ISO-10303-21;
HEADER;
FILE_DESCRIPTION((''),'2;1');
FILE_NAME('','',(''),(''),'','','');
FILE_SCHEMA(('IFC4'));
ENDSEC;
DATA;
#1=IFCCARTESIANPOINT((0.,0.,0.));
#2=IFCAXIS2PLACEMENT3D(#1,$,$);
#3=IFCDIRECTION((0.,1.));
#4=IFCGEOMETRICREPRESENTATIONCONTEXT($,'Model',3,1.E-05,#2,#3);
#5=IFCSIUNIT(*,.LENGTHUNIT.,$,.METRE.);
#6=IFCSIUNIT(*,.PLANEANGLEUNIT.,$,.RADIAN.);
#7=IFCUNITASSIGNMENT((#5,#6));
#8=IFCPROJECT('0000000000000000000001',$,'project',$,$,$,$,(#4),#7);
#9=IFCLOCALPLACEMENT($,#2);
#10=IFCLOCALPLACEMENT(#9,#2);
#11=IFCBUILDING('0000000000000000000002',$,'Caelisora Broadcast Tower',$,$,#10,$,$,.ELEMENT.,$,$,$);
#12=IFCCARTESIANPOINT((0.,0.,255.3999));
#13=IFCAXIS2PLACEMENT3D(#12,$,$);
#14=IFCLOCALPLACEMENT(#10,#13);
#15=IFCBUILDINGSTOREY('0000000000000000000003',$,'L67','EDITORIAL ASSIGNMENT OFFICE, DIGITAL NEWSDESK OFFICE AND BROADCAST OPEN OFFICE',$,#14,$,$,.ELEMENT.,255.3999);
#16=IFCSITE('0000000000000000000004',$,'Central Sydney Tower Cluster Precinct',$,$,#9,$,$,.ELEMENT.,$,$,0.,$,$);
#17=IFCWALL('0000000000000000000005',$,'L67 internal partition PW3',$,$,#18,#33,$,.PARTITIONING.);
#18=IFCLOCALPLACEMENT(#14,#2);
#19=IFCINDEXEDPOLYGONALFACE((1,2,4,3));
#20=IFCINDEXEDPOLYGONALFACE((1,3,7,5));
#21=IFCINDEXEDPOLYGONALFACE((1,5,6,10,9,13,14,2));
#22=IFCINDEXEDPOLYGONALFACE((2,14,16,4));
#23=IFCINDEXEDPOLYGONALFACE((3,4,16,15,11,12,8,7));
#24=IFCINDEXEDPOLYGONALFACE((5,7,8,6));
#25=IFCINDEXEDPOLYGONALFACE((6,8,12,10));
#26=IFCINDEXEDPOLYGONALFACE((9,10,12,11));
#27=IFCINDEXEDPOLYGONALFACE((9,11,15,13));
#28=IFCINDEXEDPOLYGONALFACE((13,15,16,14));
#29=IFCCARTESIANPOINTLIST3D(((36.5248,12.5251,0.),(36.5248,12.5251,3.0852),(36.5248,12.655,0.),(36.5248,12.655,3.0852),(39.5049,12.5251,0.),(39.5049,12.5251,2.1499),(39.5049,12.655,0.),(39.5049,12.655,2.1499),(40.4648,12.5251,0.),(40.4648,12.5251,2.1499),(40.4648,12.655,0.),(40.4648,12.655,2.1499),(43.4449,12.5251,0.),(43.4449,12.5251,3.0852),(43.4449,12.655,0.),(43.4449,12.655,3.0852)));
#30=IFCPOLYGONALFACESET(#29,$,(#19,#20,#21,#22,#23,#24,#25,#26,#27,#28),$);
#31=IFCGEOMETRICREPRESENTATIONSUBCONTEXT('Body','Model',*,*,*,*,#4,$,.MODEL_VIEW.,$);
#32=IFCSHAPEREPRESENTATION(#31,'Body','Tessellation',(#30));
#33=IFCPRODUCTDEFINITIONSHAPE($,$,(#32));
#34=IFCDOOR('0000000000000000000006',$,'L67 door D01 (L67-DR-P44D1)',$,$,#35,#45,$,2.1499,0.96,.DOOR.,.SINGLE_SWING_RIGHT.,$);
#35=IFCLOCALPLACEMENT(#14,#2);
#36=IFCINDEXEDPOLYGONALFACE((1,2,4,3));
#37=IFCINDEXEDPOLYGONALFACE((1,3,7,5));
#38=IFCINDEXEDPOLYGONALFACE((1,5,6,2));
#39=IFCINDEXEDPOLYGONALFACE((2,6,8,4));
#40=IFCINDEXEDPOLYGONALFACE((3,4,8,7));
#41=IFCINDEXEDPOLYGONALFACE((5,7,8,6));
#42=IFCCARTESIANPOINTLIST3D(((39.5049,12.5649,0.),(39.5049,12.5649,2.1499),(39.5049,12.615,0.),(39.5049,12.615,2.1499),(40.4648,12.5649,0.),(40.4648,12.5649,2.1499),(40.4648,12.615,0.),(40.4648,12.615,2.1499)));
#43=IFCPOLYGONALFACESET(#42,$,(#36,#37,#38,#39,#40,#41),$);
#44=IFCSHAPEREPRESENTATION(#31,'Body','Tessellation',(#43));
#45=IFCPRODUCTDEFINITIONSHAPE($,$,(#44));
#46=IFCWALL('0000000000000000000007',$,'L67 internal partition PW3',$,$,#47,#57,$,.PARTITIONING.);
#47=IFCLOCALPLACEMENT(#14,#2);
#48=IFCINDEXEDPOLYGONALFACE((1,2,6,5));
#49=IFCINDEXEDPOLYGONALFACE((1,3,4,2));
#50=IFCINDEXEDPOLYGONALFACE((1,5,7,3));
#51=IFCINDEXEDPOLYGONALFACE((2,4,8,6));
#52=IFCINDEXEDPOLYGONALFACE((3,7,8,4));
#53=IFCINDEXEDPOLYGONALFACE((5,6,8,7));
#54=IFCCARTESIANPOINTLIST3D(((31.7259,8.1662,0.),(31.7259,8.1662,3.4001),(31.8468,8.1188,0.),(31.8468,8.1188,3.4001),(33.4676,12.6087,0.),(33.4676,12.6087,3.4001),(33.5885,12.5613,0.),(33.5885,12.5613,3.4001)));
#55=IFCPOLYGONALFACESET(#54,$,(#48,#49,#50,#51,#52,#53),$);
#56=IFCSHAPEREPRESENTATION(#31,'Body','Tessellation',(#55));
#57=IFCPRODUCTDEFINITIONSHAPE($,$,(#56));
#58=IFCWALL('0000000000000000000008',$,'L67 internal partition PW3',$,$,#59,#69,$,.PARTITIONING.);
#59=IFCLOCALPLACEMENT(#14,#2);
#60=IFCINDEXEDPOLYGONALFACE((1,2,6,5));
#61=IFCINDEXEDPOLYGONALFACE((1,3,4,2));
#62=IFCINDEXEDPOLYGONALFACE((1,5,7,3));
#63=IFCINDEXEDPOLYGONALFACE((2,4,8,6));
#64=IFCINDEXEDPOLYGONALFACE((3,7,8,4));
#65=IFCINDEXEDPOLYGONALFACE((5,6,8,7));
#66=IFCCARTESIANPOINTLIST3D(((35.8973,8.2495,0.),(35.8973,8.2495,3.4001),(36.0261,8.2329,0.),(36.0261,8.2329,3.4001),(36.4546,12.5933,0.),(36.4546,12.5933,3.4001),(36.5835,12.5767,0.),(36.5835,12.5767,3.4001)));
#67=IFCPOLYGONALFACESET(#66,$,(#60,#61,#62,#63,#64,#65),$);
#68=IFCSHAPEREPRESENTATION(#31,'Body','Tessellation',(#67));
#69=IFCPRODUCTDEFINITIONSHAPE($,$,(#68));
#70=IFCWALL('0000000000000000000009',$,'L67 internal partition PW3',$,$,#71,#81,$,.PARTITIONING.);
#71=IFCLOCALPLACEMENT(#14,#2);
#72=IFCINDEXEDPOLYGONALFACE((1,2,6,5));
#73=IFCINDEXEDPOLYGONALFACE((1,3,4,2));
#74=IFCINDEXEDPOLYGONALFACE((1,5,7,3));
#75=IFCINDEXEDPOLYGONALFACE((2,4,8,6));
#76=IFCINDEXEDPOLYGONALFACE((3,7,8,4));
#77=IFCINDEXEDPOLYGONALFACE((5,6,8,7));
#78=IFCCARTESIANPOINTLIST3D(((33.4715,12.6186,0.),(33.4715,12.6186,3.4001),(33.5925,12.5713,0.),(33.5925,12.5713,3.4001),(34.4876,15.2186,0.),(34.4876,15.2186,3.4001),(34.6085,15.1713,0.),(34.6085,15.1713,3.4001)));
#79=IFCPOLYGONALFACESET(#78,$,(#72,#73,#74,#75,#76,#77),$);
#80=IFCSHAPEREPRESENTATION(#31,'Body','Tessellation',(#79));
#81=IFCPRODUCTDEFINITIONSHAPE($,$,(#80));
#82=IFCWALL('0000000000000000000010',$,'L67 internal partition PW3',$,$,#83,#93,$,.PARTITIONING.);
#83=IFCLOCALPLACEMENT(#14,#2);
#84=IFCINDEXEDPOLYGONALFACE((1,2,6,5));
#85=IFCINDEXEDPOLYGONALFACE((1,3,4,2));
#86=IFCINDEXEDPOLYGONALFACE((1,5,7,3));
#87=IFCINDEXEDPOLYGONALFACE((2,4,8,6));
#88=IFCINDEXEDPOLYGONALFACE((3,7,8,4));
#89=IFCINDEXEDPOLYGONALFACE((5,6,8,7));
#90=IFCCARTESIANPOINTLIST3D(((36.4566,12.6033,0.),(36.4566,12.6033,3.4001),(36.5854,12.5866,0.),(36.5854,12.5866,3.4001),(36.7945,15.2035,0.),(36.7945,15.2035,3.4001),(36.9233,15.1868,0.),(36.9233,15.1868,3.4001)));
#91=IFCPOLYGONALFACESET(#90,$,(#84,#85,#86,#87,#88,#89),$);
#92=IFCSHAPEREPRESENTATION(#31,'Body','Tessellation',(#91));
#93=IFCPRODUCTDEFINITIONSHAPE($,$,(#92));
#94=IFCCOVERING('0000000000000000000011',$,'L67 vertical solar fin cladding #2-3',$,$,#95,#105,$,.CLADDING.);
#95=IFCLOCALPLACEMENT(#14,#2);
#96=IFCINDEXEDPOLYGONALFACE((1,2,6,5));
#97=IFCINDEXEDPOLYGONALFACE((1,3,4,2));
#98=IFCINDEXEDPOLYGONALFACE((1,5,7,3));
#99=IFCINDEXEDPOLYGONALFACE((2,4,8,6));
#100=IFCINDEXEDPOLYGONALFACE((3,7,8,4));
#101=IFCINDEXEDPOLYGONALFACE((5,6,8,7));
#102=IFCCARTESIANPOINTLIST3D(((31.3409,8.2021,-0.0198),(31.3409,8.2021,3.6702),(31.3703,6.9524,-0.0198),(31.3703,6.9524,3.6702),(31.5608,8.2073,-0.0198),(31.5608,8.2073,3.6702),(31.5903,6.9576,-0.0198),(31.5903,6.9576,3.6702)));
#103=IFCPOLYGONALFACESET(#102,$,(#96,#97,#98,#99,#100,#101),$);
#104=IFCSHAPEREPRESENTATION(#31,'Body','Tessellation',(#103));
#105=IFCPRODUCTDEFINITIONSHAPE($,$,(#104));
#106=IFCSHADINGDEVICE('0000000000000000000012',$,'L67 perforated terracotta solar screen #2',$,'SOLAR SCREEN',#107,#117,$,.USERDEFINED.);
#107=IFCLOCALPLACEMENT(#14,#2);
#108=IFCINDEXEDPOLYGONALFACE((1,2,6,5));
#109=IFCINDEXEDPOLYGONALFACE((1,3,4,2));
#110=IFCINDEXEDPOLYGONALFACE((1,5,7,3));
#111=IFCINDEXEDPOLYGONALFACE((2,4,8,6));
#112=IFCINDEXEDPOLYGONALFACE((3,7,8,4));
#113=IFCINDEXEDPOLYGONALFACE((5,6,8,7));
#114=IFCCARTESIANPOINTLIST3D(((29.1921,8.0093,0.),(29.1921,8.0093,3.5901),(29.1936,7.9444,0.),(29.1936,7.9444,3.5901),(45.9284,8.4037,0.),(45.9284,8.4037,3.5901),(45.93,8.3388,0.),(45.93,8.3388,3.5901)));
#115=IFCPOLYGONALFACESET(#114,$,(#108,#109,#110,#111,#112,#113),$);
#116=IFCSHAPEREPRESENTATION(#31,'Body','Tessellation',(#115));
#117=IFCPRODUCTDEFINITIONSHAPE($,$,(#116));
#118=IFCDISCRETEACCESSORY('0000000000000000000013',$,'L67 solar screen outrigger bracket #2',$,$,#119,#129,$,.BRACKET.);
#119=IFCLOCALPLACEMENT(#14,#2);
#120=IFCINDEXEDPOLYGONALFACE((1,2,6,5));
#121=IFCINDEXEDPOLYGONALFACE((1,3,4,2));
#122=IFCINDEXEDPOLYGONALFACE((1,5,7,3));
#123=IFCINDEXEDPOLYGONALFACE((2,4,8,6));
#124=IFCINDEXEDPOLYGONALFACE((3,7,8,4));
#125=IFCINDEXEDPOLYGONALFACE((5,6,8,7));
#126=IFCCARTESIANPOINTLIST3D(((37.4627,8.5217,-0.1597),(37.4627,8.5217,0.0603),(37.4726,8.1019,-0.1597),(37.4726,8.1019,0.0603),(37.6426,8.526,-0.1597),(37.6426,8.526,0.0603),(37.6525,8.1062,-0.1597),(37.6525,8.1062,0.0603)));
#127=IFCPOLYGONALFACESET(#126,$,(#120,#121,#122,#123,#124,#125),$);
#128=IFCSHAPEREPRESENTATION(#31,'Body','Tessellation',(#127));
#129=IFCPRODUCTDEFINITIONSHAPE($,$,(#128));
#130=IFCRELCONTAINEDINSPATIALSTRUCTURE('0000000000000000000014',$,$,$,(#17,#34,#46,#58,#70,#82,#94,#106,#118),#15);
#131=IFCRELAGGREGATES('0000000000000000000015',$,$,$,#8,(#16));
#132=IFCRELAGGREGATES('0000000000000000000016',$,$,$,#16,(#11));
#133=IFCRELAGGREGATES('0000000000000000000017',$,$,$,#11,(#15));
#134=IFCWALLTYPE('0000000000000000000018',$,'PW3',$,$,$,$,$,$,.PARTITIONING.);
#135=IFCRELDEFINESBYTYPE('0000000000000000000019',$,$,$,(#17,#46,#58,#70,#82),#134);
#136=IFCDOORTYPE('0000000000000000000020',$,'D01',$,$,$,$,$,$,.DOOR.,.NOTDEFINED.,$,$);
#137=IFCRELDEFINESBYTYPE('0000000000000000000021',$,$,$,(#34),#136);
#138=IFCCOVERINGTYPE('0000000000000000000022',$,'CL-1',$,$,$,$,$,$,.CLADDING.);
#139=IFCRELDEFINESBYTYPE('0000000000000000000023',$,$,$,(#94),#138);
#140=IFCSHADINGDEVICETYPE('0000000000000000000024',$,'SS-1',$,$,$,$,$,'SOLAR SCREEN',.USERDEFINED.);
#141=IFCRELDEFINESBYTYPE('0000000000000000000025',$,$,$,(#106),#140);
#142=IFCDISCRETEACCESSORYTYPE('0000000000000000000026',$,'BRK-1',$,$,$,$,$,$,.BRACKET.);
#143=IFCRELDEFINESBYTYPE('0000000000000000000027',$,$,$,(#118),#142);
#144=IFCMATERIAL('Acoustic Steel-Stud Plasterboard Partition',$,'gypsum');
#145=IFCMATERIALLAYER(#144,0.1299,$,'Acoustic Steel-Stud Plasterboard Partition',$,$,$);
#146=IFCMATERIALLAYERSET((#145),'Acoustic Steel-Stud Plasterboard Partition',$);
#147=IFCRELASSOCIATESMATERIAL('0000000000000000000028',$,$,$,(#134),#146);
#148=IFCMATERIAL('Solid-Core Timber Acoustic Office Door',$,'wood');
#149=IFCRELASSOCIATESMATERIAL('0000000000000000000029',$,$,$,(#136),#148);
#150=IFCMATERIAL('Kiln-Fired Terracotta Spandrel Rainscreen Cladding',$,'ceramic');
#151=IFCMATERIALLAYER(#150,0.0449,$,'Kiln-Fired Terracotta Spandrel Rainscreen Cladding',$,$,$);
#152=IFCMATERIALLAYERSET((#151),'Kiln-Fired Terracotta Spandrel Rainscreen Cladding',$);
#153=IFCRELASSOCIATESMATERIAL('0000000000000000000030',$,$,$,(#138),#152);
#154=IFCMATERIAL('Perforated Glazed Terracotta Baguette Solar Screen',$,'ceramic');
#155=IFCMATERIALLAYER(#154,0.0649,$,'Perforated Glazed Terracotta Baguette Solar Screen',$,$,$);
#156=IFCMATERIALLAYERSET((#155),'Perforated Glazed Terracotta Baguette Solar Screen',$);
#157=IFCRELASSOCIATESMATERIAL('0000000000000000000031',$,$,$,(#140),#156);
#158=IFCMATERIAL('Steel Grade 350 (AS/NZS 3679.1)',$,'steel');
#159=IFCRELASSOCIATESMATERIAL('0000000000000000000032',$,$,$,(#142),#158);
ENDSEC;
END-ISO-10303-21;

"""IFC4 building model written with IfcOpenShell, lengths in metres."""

from ifc_helpers import new_model, si_unit, direction, frame, frame_2d, origin, origin_2d, place, context, subcontext, project, spatial, rectangle, extrude, source, transform, mapped, material, layer, layer_set, type_object, type_shapes, element, fill, save


model = new_model("IFC4")

# Units and contexts
model_context = context("Model", 3, precision=1e-05, world=origin(), true_north=direction((0.0, 1.0)))
body_context = subcontext(model_context, "Body", "Model", "MODEL_VIEW")
ifc_project = project(units=[si_unit("LENGTHUNIT", "METRE"), si_unit("PLANEANGLEUNIT", "RADIAN")], contexts=[model_context])

# Site, building, storey
site_placement = place(None, origin())
site = spatial("IfcSite", under=ifc_project, at=site_placement, Name="Central Sydney Tower Cluster Precinct", CompositionType="ELEMENT", RefElevation=0.0)
building_placement = place(site_placement, origin())
building = spatial("IfcBuilding", under=site, at=building_placement, Name="Caelisora Broadcast Tower", CompositionType="ELEMENT")
storey_placement = place(building_placement, frame((0.0, 0.0, 255.3999)))
storey = spatial("IfcBuildingStorey", under=building, at=storey_placement, Name="L67", Description="EDITORIAL ASSIGNMENT OFFICE, DIGITAL NEWSDESK OFFICE AND BROADCAST OPEN OFFICE", CompositionType="ELEMENT", Elevation=255.3999)

# Shared definitions
ifc_material_1 = material(Name="Steel Grade 350 (AS/NZS 3679.1)", Category="steel")

# Wall, opening, door
ifc_material_2 = material(Name="Acoustic Steel-Stud Plasterboard Partition", Category="gypsum")
ifc_layer_1 = layer(ifc_material_2, 0.1299, Name="Acoustic Steel-Stud Plasterboard Partition")
ifc_layer_set_1 = layer_set([ifc_layer_1], Name="Acoustic Steel-Stud Plasterboard Partition")
wall_type = type_object("IfcWallType", Name="PW3", PredefinedType="PARTITIONING", material=ifc_layer_set_1)
wall_1_placement = place(storey_placement, frame((36.5249, 12.5901, 0.0), z_axis=(0.0, 0.0, 1.0), x_axis=(1.0, 0.0, 0.0)))
wall_1 = element("IfcWall", 1, at=wall_1_placement, inside=storey, type_object=wall_type, Name="L67 internal partition PW3", PredefinedType="PARTITIONING", context=body_context, shape_type="SweptSolid", body=[
    extrude(rectangle(XDim=6.9202, YDim=0.1299, at=frame_2d((3.46, 0.0))), origin(), (0.0, 0.0, 1.0), 3.0852),
])
opening_placement = place(wall_1_placement, frame((2.98, 0.0, 0.0)))
opening = element("IfcOpeningElement", 2, at=opening_placement, cuts=wall_1, PredefinedType="OPENING", context=body_context, shape_type="SweptSolid", body=[
    extrude(rectangle(XDim=0.96, YDim=2.1499, at=frame_2d((0.48, 1.075))), frame((0.0, 0.0769, 0.0), z_axis=(0.0, -1.0, 0.0), x_axis=(1.0, 0.0, 0.0)), (0.0, 0.0, 1.0), 0.1538),
])
ifc_material_3 = material(Name="Solid-Core Timber Acoustic Office Door", Category="wood")
door_type = type_object("IfcDoorType", Name="D01", OperationType="NOTDEFINED", PredefinedType="DOOR", material=ifc_material_3)
door_placement = place(opening_placement, origin())
door = element("IfcDoor", 3, at=door_placement, inside=storey, type_object=door_type, Name="L67 door D01 (L67-DR-P44D1)", OperationType="SINGLE_SWING_RIGHT", OverallHeight=2.1499, OverallWidth=0.96, PredefinedType="DOOR", context=body_context, shape_type="SweptSolid", body=[
    extrude(rectangle(XDim=0.96, YDim=2.1499, at=frame_2d((0.48, 1.075))), frame((0.0, 0.0249, 0.0), z_axis=(0.0, -1.0, 0.0), x_axis=(1.0, 0.0, 0.0)), (0.0, 0.0, 1.0), 0.05),
])
fill(opening, door)

# Walls
wall_2_placement = place(storey_placement, frame((31.7864, 8.1426, 0.0), z_axis=(0.0, 0.0, 1.0), x_axis=(0.365013, 0.931003, 0.0)))
element("IfcWall", 4, at=wall_2_placement, inside=storey, type_object=wall_type, Name="L67 internal partition PW3", PredefinedType="PARTITIONING", context=body_context, shape_type="SweptSolid", body=[
    extrude(rectangle(XDim=4.7717, YDim=0.1299, at=frame_2d((2.3857, 0.0))), origin(), (0.0, 0.0, 1.0), 3.4001),
])
wall_3_placement = place(storey_placement, frame((35.9617, 8.2412, 0.0), z_axis=(0.0, 0.0, 1.0), x_axis=(0.127273, 0.991868, 0.0)))
element("IfcWall", 5, at=wall_3_placement, inside=storey, type_object=wall_type, Name="L67 internal partition PW3", PredefinedType="PARTITIONING", context=body_context, shape_type="SweptSolid", body=[
    extrude(rectangle(XDim=4.3794, YDim=0.1299, at=frame_2d((2.1897, 0.0))), origin(), (0.0, 0.0, 1.0), 3.4001),
])
wall_4_placement = place(storey_placement, frame((33.532, 12.595, 0.0), z_axis=(0.0, 0.0, 1.0), x_axis=(0.36399, 0.931403, 0.0)))
element("IfcWall", 6, at=wall_4_placement, inside=storey, type_object=wall_type, Name="L67 internal partition PW3", PredefinedType="PARTITIONING", context=body_context, shape_type="SweptSolid", body=[
    extrude(rectangle(XDim=2.7915, YDim=0.1299, at=frame_2d((1.3958, 0.0))), origin(), (0.0, 0.0, 1.0), 3.4001),
])
wall_5_placement = place(storey_placement, frame((36.521, 12.595, 0.0), z_axis=(0.0, 0.0, 1.0), x_axis=(0.128869, 0.991662, 0.0)))
element("IfcWall", 7, at=wall_5_placement, inside=storey, type_object=wall_type, Name="L67 internal partition PW3", PredefinedType="PARTITIONING", context=body_context, shape_type="SweptSolid", body=[
    extrude(rectangle(XDim=2.6221, YDim=0.1299, at=frame_2d((1.311, 0.0))), origin(), (0.0, 0.0, 1.0), 3.4001),
])

# Covering
ifc_material_4 = material(Name="Kiln-Fired Terracotta Spandrel Rainscreen Cladding", Category="ceramic")
ifc_layer_2 = layer(ifc_material_4, 0.0449, Name="Kiln-Fired Terracotta Spandrel Rainscreen Cladding")
ifc_layer_set_2 = layer_set([ifc_layer_2], Name="Kiln-Fired Terracotta Spandrel Rainscreen Cladding")
covering_type = type_object("IfcCoveringType", Name="CL-1", PredefinedType="CLADDING", material=ifc_layer_set_2)
shared_shape_1 = source(origin(), body_context, "Body", "SweptSolid", [
    extrude(rectangle(XDim=0.22, YDim=1.25, at=origin_2d()), origin(), (0.0, 0.0, 1.0), 3.6899),
])
type_shapes(covering_type, [shared_shape_1])
covering_placement = place(storey_placement, frame((31.4656, 7.5798, -0.0198), z_axis=(0.0, 0.0, 1.0), x_axis=(-0.999722, -0.02356, 0.0)))
element("IfcCovering", 8, at=covering_placement, inside=storey, type_object=covering_type, Name="L67 vertical solar fin cladding #2-3", PredefinedType="CLADDING", context=body_context, shape_type="MappedRepresentation", body=[
    mapped(shared_shape_1, transform((0.0, 0.0, 0.0), scale=1.0)),
])

# Shading device
ifc_material_5 = material(Name="Perforated Glazed Terracotta Baguette Solar Screen", Category="ceramic")
ifc_layer_3 = layer(ifc_material_5, 0.0649, Name="Perforated Glazed Terracotta Baguette Solar Screen")
ifc_layer_set_3 = layer_set([ifc_layer_3], Name="Perforated Glazed Terracotta Baguette Solar Screen")
shading_device_type = type_object("IfcShadingDeviceType", Name="SS-1", ElementType="SOLAR SCREEN", PredefinedType="USERDEFINED", material=ifc_layer_set_3)
shared_shape_2 = source(origin(), body_context, "Body", "SweptSolid", [
    extrude(rectangle(XDim=16.741, YDim=0.0649, at=origin_2d()), origin(), (0.0, 0.0, 1.0), 3.5901),
])
type_shapes(shading_device_type, [shared_shape_2])
shading_device_placement = place(storey_placement, frame((37.561, 8.1741, 0.0), z_axis=(0.0, 0.0, 1.0), x_axis=(0.999722, 0.02356, 0.0)))
element("IfcShadingDevice", 9, at=shading_device_placement, inside=storey, type_object=shading_device_type, Name="L67 perforated terracotta solar screen #2", ObjectType="SOLAR SCREEN", PredefinedType="USERDEFINED", context=body_context, shape_type="MappedRepresentation", body=[
    mapped(shared_shape_2, transform((0.0, 0.0, 0.0), scale=1.0)),
])

# Discrete accessory
discrete_accessory_type = type_object("IfcDiscreteAccessoryType", Name="BRK-1", PredefinedType="BRACKET", material=ifc_material_1)
shared_shape_3 = source(origin(), body_context, "Body", "SweptSolid", [
    extrude(rectangle(XDim=0.1799, YDim=0.4199, at=origin_2d()), origin(), (0.0, 0.0, 1.0), 0.22),
])
type_shapes(discrete_accessory_type, [shared_shape_3])
discrete_accessory_placement = place(storey_placement, frame((37.5576, 8.314, -0.1597), z_axis=(0.0, 0.0, 1.0), x_axis=(0.999722, 0.02356, 0.0)))
element("IfcDiscreteAccessory", 10, at=discrete_accessory_placement, inside=storey, type_object=discrete_accessory_type, Name="L67 solar screen outrigger bracket #2", PredefinedType="BRACKET", context=body_context, shape_type="MappedRepresentation", body=[
    mapped(shared_shape_3, transform((0.0, 0.0, 0.0), scale=1.0)),
])

save(model, "model.ifc")
